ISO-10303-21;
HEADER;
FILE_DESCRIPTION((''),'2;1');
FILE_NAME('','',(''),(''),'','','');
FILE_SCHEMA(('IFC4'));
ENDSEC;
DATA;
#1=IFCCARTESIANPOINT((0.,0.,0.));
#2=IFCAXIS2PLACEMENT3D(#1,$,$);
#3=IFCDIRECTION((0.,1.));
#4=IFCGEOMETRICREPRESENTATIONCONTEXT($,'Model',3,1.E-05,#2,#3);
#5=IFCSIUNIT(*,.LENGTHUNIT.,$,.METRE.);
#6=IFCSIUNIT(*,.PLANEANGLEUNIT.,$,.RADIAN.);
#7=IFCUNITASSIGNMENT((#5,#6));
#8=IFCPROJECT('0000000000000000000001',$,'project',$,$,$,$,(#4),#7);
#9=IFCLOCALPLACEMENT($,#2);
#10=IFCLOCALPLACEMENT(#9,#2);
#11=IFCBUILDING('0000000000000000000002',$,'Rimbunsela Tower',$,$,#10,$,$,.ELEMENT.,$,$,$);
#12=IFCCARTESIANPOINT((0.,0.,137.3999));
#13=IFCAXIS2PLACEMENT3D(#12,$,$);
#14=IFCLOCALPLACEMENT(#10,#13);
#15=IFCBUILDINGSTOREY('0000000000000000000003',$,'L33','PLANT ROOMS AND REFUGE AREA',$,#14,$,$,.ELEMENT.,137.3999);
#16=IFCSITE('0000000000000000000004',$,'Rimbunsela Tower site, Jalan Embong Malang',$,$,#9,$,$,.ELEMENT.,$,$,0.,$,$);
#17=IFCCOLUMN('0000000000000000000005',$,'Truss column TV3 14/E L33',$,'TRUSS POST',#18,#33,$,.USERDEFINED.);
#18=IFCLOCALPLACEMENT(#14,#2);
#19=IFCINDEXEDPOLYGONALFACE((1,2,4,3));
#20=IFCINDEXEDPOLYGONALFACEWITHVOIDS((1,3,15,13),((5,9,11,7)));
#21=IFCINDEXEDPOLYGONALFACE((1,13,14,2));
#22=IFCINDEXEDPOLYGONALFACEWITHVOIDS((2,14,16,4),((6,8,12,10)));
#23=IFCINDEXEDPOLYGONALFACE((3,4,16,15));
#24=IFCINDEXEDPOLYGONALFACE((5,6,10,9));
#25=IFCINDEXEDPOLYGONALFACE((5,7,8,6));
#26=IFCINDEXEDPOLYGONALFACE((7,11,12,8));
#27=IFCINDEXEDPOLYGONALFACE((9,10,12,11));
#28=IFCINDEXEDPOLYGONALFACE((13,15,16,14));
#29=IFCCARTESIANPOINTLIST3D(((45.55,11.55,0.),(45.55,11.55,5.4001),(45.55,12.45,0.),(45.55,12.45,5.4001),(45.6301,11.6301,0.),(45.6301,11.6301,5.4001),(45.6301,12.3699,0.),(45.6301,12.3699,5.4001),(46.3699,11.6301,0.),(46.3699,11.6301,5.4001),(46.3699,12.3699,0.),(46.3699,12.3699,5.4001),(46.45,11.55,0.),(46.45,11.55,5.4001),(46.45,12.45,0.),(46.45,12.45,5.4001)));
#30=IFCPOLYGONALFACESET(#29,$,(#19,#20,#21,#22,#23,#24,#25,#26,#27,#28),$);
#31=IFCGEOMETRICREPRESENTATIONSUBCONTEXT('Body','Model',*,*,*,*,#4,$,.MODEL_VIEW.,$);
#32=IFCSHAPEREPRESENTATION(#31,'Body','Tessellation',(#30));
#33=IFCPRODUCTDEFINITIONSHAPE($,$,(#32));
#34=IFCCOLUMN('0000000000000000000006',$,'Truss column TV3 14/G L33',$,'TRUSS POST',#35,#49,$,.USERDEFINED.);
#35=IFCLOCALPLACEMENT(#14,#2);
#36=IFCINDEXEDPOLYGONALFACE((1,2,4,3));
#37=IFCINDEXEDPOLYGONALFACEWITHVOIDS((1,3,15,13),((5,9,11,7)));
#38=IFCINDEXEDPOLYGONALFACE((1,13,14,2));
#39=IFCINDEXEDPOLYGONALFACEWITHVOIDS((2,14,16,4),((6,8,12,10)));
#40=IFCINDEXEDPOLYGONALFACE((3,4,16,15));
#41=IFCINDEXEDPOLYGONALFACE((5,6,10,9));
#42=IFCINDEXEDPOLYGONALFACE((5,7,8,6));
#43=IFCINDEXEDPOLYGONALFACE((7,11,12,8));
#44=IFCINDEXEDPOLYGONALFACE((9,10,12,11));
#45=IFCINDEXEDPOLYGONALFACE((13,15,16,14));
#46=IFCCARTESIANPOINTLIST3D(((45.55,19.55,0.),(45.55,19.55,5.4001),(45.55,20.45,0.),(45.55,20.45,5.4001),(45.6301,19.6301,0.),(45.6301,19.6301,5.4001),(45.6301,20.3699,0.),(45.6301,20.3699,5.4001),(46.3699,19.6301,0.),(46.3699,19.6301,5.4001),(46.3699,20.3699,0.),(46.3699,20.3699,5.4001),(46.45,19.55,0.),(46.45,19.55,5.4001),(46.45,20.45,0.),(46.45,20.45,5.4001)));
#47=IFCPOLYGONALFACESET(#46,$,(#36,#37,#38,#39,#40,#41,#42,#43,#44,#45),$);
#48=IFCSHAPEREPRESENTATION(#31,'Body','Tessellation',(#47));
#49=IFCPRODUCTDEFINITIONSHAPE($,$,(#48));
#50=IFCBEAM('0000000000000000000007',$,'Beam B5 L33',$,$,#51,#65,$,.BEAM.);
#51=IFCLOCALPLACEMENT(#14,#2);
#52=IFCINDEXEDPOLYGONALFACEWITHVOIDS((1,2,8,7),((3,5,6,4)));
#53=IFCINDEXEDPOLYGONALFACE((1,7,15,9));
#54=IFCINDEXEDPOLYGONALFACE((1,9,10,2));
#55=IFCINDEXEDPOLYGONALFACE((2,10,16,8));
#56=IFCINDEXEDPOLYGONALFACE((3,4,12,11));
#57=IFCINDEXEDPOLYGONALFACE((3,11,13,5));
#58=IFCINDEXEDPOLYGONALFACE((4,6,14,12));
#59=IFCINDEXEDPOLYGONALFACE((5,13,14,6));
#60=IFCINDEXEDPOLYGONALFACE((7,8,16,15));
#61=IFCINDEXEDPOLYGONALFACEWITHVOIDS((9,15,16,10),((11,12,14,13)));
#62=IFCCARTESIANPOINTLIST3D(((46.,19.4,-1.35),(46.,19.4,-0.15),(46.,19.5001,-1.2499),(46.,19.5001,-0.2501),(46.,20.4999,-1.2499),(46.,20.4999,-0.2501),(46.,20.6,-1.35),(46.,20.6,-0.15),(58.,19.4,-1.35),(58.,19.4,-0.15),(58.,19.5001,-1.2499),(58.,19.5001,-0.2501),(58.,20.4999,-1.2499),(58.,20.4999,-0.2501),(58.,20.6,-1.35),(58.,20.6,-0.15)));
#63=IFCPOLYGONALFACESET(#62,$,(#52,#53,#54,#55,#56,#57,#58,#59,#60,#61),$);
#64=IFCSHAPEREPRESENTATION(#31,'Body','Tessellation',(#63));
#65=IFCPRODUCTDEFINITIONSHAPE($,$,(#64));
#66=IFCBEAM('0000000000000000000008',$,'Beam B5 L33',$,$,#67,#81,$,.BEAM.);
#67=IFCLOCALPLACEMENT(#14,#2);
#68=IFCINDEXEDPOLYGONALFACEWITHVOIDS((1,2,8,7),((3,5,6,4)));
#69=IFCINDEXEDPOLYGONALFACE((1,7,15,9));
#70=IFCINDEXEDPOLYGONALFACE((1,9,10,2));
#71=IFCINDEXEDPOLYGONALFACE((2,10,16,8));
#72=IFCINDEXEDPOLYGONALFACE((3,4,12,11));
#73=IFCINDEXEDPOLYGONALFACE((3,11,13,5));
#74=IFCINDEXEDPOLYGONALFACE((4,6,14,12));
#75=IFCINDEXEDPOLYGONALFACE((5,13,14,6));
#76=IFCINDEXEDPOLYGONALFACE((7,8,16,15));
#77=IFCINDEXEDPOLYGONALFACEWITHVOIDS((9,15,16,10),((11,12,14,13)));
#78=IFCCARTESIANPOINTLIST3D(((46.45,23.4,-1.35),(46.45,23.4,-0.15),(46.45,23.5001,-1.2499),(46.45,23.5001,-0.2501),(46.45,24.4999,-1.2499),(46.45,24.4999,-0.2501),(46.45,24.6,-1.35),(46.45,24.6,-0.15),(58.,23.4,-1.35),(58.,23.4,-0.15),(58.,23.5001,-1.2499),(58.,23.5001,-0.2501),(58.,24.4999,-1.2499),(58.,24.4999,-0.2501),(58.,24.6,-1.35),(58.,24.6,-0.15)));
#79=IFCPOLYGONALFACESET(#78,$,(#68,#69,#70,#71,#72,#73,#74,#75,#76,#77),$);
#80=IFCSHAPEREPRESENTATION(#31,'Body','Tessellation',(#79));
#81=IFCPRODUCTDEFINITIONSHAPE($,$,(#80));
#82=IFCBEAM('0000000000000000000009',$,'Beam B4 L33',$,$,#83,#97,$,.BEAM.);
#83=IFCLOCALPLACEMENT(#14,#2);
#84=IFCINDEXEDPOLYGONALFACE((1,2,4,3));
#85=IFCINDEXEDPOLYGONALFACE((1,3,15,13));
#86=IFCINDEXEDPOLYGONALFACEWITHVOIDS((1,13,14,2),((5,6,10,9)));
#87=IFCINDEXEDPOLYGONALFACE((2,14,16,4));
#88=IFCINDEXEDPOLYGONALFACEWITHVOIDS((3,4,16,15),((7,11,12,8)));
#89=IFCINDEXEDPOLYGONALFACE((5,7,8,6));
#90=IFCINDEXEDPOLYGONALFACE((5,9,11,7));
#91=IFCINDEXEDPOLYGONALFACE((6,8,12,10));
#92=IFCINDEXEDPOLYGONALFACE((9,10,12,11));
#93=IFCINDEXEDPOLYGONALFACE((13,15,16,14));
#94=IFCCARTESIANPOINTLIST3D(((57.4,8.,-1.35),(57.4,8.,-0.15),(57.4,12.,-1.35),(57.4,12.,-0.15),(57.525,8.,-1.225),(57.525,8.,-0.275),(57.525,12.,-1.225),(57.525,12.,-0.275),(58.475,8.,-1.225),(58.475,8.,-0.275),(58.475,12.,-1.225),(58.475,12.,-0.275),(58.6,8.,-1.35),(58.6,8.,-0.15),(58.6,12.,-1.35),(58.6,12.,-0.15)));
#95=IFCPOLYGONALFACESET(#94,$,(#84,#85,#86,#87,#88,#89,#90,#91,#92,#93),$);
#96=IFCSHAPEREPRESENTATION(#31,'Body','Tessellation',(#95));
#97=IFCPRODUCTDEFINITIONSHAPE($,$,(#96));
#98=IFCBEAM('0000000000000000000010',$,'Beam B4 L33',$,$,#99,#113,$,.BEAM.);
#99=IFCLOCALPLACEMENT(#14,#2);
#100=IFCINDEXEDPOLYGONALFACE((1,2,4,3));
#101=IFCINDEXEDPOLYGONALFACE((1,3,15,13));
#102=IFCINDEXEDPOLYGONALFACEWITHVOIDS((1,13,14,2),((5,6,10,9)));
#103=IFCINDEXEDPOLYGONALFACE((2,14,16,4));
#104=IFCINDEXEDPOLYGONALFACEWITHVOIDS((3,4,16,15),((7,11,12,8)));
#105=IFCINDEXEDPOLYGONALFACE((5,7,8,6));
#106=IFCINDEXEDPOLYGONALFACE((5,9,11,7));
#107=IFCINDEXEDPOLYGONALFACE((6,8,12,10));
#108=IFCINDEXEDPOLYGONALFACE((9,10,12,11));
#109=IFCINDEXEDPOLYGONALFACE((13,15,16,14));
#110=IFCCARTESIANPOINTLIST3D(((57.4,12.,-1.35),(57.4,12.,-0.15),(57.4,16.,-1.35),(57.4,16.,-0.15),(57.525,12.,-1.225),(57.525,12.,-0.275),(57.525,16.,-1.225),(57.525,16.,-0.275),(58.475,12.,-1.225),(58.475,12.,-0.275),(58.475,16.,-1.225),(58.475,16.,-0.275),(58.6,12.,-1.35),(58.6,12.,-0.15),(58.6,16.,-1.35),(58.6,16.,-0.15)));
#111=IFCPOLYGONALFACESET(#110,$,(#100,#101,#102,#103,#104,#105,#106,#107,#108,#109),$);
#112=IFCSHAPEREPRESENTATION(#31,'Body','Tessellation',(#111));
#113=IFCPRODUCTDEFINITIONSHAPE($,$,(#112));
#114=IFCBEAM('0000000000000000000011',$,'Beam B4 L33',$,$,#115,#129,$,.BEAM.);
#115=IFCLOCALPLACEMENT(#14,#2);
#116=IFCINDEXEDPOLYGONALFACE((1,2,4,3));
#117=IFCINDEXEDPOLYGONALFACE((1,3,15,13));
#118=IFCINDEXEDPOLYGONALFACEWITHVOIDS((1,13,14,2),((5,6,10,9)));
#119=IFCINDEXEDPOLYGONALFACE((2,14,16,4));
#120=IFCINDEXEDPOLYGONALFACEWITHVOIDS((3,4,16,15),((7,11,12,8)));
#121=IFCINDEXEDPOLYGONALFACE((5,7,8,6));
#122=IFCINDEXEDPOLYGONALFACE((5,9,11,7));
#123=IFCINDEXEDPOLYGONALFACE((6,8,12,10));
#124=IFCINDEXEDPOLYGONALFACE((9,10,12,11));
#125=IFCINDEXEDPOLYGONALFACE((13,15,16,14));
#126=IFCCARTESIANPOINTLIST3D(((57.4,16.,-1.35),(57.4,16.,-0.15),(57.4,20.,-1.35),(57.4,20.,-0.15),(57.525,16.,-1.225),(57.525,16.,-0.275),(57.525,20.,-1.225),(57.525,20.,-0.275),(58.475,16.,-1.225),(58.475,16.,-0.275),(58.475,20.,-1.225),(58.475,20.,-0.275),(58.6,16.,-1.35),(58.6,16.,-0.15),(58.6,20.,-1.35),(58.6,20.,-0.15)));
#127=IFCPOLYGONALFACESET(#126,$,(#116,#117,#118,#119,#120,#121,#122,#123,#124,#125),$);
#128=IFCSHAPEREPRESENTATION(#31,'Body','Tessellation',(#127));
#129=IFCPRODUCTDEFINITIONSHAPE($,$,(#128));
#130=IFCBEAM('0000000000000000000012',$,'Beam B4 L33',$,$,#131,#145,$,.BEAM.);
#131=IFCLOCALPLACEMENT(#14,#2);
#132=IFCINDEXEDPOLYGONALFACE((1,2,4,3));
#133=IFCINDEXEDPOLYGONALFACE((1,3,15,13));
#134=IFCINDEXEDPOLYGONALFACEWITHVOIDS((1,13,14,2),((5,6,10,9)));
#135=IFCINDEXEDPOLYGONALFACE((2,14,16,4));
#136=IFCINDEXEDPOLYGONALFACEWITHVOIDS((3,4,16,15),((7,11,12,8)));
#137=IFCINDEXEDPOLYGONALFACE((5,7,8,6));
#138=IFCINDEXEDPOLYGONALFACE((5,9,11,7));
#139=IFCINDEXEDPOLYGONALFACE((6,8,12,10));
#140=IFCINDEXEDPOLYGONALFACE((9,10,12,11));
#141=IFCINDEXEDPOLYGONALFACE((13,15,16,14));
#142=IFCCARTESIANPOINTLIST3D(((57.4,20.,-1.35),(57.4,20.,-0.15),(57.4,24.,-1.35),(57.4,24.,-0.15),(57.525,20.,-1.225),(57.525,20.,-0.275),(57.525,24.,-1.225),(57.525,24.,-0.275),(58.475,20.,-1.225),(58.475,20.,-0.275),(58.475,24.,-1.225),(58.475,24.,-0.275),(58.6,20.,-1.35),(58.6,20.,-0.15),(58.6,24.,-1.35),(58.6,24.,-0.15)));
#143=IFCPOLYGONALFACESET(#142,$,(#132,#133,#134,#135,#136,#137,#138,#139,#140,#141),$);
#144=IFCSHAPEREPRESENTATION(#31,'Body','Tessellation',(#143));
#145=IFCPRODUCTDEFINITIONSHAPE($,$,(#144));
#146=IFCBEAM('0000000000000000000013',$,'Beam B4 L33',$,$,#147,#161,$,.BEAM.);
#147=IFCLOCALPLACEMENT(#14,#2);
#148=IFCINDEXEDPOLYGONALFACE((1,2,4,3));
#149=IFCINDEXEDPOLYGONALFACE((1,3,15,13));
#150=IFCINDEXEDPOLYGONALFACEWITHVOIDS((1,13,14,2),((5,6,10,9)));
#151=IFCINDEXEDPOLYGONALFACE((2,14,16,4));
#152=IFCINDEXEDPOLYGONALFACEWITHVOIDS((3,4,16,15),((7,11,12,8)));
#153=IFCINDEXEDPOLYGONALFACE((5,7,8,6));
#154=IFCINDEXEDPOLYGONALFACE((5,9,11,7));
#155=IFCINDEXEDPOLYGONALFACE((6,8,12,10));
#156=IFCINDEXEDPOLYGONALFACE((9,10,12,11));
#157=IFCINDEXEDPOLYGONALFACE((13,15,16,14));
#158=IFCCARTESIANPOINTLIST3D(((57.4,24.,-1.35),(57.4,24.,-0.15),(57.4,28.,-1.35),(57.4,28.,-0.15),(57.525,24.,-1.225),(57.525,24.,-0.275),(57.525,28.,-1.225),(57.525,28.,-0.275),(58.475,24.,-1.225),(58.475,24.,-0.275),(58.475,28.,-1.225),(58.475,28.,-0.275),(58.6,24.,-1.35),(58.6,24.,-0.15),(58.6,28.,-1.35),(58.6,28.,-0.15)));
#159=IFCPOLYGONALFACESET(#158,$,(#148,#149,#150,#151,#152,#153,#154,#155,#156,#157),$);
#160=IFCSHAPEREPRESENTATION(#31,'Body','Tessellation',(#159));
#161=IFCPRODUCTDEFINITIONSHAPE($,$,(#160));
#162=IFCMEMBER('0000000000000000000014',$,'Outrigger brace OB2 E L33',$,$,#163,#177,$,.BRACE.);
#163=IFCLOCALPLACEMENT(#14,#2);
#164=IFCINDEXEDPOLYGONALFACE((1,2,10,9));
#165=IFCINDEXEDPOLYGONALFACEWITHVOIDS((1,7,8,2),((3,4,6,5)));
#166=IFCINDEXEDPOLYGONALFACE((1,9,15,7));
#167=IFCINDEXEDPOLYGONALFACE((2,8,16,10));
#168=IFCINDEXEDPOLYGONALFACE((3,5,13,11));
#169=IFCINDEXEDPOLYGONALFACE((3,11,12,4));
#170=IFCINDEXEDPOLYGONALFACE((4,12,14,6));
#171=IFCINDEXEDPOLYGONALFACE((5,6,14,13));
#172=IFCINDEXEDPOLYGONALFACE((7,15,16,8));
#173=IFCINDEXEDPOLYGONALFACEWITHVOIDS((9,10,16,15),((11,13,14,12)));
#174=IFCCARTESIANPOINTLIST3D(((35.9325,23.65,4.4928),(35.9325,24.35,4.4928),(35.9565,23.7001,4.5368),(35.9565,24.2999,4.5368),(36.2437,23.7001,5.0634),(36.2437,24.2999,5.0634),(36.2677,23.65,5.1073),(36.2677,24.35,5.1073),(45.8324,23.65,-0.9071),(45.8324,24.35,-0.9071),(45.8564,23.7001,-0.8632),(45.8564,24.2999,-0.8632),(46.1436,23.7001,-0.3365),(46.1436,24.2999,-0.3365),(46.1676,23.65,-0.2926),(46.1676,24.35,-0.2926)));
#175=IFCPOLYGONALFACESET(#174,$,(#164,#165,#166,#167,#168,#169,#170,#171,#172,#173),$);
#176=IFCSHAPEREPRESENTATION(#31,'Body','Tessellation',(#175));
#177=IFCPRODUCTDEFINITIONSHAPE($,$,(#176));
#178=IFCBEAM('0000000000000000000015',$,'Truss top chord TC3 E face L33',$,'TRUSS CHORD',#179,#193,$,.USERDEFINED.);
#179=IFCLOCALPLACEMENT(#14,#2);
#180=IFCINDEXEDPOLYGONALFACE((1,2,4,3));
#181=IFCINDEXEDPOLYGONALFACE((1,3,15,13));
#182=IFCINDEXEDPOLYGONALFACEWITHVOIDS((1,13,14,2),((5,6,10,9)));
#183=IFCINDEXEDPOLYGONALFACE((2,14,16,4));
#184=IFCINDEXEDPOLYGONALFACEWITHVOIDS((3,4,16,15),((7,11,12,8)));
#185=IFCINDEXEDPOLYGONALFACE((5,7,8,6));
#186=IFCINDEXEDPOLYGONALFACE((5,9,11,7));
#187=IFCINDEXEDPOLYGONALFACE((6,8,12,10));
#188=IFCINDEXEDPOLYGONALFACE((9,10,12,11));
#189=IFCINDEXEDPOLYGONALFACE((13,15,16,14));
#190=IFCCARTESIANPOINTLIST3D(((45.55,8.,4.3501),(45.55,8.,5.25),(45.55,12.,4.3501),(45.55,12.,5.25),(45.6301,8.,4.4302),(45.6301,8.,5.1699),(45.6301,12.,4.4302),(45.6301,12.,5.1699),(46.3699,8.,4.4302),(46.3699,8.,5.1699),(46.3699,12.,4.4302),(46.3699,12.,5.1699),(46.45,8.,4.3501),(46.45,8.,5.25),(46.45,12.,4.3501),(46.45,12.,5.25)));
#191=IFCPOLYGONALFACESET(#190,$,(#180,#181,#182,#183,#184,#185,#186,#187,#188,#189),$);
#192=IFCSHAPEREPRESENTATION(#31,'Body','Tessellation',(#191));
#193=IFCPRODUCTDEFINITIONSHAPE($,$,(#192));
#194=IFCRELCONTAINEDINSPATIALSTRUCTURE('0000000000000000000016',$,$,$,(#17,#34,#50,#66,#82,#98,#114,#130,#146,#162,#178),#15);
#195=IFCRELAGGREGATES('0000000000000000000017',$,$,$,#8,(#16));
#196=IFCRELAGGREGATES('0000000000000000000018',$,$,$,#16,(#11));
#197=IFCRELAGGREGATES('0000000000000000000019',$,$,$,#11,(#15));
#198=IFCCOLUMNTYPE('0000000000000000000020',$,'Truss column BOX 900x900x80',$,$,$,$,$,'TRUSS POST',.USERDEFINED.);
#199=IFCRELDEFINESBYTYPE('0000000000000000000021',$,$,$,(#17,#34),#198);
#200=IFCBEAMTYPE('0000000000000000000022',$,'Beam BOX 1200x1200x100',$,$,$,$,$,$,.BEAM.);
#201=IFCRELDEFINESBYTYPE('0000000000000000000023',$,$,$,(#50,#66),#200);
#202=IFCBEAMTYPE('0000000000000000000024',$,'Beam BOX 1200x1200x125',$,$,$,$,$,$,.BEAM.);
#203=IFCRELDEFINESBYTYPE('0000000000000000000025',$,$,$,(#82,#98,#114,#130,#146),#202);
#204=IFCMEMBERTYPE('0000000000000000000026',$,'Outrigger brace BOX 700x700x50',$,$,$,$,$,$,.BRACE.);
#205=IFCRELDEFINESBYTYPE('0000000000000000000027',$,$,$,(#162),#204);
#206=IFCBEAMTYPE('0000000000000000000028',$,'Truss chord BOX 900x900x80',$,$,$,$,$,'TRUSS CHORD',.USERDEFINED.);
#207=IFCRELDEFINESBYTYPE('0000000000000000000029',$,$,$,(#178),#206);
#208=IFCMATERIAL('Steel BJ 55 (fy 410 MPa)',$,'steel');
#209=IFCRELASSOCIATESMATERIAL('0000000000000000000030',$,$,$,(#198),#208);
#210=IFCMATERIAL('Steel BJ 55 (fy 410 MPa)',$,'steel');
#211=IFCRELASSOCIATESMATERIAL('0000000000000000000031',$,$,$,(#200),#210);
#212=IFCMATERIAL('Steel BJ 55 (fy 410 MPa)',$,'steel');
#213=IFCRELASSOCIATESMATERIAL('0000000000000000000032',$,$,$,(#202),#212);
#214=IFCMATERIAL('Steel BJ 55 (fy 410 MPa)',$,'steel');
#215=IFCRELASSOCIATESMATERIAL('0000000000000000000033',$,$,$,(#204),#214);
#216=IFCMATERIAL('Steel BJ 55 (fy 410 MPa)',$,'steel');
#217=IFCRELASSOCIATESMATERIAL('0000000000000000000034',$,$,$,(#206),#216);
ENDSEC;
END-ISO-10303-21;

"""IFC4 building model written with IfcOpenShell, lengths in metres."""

from ifc_helpers import new_model, si_unit, direction, frame, origin, origin_2d, place, context, subcontext, project, spatial, hollow_rectangle, extrude, material, material_profile, profile_set, type_object, element, save


model = new_model("IFC4")

# Units and contexts
model_context = context("Model", 3, precision=1e-05, world=origin(), true_north=direction((0.0, 1.0)))
body_context = subcontext(model_context, "Body", "Model", "MODEL_VIEW")
ifc_project = project(units=[si_unit("LENGTHUNIT", "METRE"), si_unit("PLANEANGLEUNIT", "RADIAN")], contexts=[model_context])

# Site, building, storey
site_placement = place(None, origin())
site = spatial("IfcSite", under=ifc_project, at=site_placement, Name="Rimbunsela Tower site, Jalan Embong Malang", CompositionType="ELEMENT", RefElevation=0.0)
building_placement = place(site_placement, origin())
building = spatial("IfcBuilding", under=site, at=building_placement, Name="Rimbunsela Tower", CompositionType="ELEMENT")
storey_placement = place(building_placement, frame((0.0, 0.0, 137.3999)))
storey = spatial("IfcBuildingStorey", under=building, at=storey_placement, Name="L33", Description="PLANT ROOMS AND REFUGE AREA", CompositionType="ELEMENT", Elevation=137.3999)

# Columns
ifc_material_1 = material(Name="Steel BJ 55 (fy 410 MPa)", Category="steel")
ifc_material_profile_1 = material_profile(ifc_material_1, hollow_rectangle(XDim=0.8999, YDim=0.8999, WallThickness=0.0801, at=origin_2d()), Name="BOX 900x900x80")
ifc_profile_set_1 = profile_set([ifc_material_profile_1], Name="Steel BJ 55 (fy 410 MPa)")
column_type = type_object("IfcColumnType", Name="Truss column BOX 900x900x80", ElementType="TRUSS POST", PredefinedType="USERDEFINED", material=ifc_profile_set_1)
for number, where, z_axis, x_axis, name in (
    (1, (46.0, 12.0, 0.0), (0.0, 0.0, 1.0), (1.0, 0.0, 0.0), "Truss column TV3 14/E L33"),
    (2, (46.0, 20.0, 0.0), (0.0, 0.0, 1.0), (1.0, 0.0, 0.0), "Truss column TV3 14/G L33"),
):
    element("IfcColumn", number, at=place(storey_placement, frame(where, z_axis=z_axis, x_axis=x_axis)), inside=storey, type_object=column_type, Name=name, ObjectType="TRUSS POST", PredefinedType="USERDEFINED", context=body_context, shape_type="SweptSolid", body=[
        extrude(hollow_rectangle(XDim=0.8999, YDim=0.8999, WallThickness=0.0801, at=origin_2d()), origin(), (0.0, 0.0, 1.0), 5.4001),
    ])

# Beams
ifc_material_2 = material(Name="Steel BJ 55 (fy 410 MPa)", Category="steel")
ifc_material_profile_2 = material_profile(ifc_material_2, hollow_rectangle(XDim=1.2, YDim=1.2, WallThickness=0.1001, at=origin_2d()), Name="BOX 1200x1200x100")
ifc_profile_set_2 = profile_set([ifc_material_profile_2], Name="Steel BJ 55 (fy 410 MPa)")
beam_type_1 = type_object("IfcBeamType", Name="Beam BOX 1200x1200x100", PredefinedType="BEAM", material=ifc_profile_set_2)
beam_1_placement = place(storey_placement, frame((46.0, 20.0, -0.75), z_axis=(1.0, 0.0, 0.0), x_axis=(0.0, 1.0, 0.0)))
element("IfcBeam", 3, at=beam_1_placement, inside=storey, type_object=beam_type_1, Name="Beam B5 L33", PredefinedType="BEAM", context=body_context, shape_type="SweptSolid", body=[
    extrude(hollow_rectangle(XDim=1.2, YDim=1.2, WallThickness=0.1001, at=origin_2d()), origin(), (0.0, 0.0, 1.0), 12.0),
])
beam_2_placement = place(storey_placement, frame((46.45, 24.0, -0.75), z_axis=(1.0, 0.0, 0.0), x_axis=(0.0, 1.0, 0.0)))
element("IfcBeam", 4, at=beam_2_placement, inside=storey, type_object=beam_type_1, Name="Beam B5 L33", PredefinedType="BEAM", context=body_context, shape_type="SweptSolid", body=[
    extrude(hollow_rectangle(XDim=1.2, YDim=1.2, WallThickness=0.1001, at=origin_2d()), origin(), (0.0, 0.0, 1.0), 11.55),
])
ifc_material_3 = material(Name="Steel BJ 55 (fy 410 MPa)", Category="steel")
ifc_material_profile_3 = material_profile(ifc_material_3, hollow_rectangle(XDim=1.2, YDim=1.2, WallThickness=0.125, at=origin_2d()), Name="BOX 1200x1200x125")
ifc_profile_set_3 = profile_set([ifc_material_profile_3], Name="Steel BJ 55 (fy 410 MPa)")
beam_type_2 = type_object("IfcBeamType", Name="Beam BOX 1200x1200x125", PredefinedType="BEAM", material=ifc_profile_set_3)
for number, where, z_axis, x_axis, name in (
    (5, (58.0, 8.0, -0.75), (0.0, 1.0, 0.0), (-1.0, 0.0, 0.0), "Beam B4 L33"),
    (6, (58.0, 12.0, -0.75), (0.0, 1.0, 0.0), (-1.0, 0.0, 0.0), "Beam B4 L33"),
    (7, (58.0, 16.0, -0.75), (0.0, 1.0, 0.0), (-1.0, 0.0, 0.0), "Beam B4 L33"),
    (8, (58.0, 20.0, -0.75), (0.0, 1.0, 0.0), (-1.0, 0.0, 0.0), "Beam B4 L33"),
    (9, (58.0, 24.0, -0.75), (0.0, 1.0, 0.0), (-1.0, 0.0, 0.0), "Beam B4 L33"),
):
    element("IfcBeam", number, at=place(storey_placement, frame(where, z_axis=z_axis, x_axis=x_axis)), inside=storey, type_object=beam_type_2, Name=name, PredefinedType="BEAM", context=body_context, shape_type="SweptSolid", body=[
        extrude(hollow_rectangle(XDim=1.2, YDim=1.2, WallThickness=0.125, at=origin_2d()), origin(), (0.0, 0.0, 1.0), 4.0),
    ])

# Member
ifc_material_4 = material(Name="Steel BJ 55 (fy 410 MPa)", Category="steel")
ifc_material_profile_4 = material_profile(ifc_material_4, hollow_rectangle(XDim=0.7, YDim=0.7, WallThickness=0.05, at=origin_2d()), Name="BOX 700x700x50")
ifc_profile_set_4 = profile_set([ifc_material_profile_4], Name="Steel BJ 55 (fy 410 MPa)")
member_type_1 = type_object("IfcMemberType", Name="Outrigger brace BOX 700x700x50", PredefinedType="BRACE", material=ifc_profile_set_4)
member_1_placement = place(storey_placement, frame((46.0, 24.0, -0.5999), z_axis=(-0.877897, 0.0, 0.478849), x_axis=(0.0, -1.0, 0.0)))
element("IfcMember", 10, at=member_1_placement, inside=storey, type_object=member_type_1, Name="Outrigger brace OB2 E L33", PredefinedType="BRACE", context=body_context, shape_type="SweptSolid", body=[
    extrude(hollow_rectangle(XDim=0.7, YDim=0.7, WallThickness=0.05, at=origin_2d()), origin(), (0.0, 0.0, 1.0), 11.2769),
])

# Beam
ifc_material_5 = material(Name="Steel BJ 55 (fy 410 MPa)", Category="steel")
ifc_material_profile_5 = material_profile(ifc_material_5, hollow_rectangle(XDim=0.8999, YDim=0.8999, WallThickness=0.0801, at=origin_2d()), Name="BOX 900x900x80")
ifc_profile_set_5 = profile_set([ifc_material_profile_5], Name="Steel BJ 55 (fy 410 MPa)")
beam_type_3 = type_object("IfcBeamType", Name="Truss chord BOX 900x900x80", ElementType="TRUSS CHORD", PredefinedType="USERDEFINED", material=ifc_profile_set_5)
for number, where, z_axis, x_axis, name in (
    (11, (46.0, 8.0, 4.8), (0.0, 1.0, 0.0), (-1.0, 0.0, 0.0), "Truss top chord TC3 E face L33"),
):
    element("IfcBeam", number, at=place(storey_placement, frame(where, z_axis=z_axis, x_axis=x_axis)), inside=storey, type_object=beam_type_3, Name=name, ObjectType="TRUSS CHORD", PredefinedType="USERDEFINED", context=body_context, shape_type="SweptSolid", body=[
        extrude(hollow_rectangle(XDim=0.8999, YDim=0.8999, WallThickness=0.0801, at=origin_2d()), origin(), (0.0, 0.0, 1.0), 4.0),
    ])

save(model, "model.ifc")
